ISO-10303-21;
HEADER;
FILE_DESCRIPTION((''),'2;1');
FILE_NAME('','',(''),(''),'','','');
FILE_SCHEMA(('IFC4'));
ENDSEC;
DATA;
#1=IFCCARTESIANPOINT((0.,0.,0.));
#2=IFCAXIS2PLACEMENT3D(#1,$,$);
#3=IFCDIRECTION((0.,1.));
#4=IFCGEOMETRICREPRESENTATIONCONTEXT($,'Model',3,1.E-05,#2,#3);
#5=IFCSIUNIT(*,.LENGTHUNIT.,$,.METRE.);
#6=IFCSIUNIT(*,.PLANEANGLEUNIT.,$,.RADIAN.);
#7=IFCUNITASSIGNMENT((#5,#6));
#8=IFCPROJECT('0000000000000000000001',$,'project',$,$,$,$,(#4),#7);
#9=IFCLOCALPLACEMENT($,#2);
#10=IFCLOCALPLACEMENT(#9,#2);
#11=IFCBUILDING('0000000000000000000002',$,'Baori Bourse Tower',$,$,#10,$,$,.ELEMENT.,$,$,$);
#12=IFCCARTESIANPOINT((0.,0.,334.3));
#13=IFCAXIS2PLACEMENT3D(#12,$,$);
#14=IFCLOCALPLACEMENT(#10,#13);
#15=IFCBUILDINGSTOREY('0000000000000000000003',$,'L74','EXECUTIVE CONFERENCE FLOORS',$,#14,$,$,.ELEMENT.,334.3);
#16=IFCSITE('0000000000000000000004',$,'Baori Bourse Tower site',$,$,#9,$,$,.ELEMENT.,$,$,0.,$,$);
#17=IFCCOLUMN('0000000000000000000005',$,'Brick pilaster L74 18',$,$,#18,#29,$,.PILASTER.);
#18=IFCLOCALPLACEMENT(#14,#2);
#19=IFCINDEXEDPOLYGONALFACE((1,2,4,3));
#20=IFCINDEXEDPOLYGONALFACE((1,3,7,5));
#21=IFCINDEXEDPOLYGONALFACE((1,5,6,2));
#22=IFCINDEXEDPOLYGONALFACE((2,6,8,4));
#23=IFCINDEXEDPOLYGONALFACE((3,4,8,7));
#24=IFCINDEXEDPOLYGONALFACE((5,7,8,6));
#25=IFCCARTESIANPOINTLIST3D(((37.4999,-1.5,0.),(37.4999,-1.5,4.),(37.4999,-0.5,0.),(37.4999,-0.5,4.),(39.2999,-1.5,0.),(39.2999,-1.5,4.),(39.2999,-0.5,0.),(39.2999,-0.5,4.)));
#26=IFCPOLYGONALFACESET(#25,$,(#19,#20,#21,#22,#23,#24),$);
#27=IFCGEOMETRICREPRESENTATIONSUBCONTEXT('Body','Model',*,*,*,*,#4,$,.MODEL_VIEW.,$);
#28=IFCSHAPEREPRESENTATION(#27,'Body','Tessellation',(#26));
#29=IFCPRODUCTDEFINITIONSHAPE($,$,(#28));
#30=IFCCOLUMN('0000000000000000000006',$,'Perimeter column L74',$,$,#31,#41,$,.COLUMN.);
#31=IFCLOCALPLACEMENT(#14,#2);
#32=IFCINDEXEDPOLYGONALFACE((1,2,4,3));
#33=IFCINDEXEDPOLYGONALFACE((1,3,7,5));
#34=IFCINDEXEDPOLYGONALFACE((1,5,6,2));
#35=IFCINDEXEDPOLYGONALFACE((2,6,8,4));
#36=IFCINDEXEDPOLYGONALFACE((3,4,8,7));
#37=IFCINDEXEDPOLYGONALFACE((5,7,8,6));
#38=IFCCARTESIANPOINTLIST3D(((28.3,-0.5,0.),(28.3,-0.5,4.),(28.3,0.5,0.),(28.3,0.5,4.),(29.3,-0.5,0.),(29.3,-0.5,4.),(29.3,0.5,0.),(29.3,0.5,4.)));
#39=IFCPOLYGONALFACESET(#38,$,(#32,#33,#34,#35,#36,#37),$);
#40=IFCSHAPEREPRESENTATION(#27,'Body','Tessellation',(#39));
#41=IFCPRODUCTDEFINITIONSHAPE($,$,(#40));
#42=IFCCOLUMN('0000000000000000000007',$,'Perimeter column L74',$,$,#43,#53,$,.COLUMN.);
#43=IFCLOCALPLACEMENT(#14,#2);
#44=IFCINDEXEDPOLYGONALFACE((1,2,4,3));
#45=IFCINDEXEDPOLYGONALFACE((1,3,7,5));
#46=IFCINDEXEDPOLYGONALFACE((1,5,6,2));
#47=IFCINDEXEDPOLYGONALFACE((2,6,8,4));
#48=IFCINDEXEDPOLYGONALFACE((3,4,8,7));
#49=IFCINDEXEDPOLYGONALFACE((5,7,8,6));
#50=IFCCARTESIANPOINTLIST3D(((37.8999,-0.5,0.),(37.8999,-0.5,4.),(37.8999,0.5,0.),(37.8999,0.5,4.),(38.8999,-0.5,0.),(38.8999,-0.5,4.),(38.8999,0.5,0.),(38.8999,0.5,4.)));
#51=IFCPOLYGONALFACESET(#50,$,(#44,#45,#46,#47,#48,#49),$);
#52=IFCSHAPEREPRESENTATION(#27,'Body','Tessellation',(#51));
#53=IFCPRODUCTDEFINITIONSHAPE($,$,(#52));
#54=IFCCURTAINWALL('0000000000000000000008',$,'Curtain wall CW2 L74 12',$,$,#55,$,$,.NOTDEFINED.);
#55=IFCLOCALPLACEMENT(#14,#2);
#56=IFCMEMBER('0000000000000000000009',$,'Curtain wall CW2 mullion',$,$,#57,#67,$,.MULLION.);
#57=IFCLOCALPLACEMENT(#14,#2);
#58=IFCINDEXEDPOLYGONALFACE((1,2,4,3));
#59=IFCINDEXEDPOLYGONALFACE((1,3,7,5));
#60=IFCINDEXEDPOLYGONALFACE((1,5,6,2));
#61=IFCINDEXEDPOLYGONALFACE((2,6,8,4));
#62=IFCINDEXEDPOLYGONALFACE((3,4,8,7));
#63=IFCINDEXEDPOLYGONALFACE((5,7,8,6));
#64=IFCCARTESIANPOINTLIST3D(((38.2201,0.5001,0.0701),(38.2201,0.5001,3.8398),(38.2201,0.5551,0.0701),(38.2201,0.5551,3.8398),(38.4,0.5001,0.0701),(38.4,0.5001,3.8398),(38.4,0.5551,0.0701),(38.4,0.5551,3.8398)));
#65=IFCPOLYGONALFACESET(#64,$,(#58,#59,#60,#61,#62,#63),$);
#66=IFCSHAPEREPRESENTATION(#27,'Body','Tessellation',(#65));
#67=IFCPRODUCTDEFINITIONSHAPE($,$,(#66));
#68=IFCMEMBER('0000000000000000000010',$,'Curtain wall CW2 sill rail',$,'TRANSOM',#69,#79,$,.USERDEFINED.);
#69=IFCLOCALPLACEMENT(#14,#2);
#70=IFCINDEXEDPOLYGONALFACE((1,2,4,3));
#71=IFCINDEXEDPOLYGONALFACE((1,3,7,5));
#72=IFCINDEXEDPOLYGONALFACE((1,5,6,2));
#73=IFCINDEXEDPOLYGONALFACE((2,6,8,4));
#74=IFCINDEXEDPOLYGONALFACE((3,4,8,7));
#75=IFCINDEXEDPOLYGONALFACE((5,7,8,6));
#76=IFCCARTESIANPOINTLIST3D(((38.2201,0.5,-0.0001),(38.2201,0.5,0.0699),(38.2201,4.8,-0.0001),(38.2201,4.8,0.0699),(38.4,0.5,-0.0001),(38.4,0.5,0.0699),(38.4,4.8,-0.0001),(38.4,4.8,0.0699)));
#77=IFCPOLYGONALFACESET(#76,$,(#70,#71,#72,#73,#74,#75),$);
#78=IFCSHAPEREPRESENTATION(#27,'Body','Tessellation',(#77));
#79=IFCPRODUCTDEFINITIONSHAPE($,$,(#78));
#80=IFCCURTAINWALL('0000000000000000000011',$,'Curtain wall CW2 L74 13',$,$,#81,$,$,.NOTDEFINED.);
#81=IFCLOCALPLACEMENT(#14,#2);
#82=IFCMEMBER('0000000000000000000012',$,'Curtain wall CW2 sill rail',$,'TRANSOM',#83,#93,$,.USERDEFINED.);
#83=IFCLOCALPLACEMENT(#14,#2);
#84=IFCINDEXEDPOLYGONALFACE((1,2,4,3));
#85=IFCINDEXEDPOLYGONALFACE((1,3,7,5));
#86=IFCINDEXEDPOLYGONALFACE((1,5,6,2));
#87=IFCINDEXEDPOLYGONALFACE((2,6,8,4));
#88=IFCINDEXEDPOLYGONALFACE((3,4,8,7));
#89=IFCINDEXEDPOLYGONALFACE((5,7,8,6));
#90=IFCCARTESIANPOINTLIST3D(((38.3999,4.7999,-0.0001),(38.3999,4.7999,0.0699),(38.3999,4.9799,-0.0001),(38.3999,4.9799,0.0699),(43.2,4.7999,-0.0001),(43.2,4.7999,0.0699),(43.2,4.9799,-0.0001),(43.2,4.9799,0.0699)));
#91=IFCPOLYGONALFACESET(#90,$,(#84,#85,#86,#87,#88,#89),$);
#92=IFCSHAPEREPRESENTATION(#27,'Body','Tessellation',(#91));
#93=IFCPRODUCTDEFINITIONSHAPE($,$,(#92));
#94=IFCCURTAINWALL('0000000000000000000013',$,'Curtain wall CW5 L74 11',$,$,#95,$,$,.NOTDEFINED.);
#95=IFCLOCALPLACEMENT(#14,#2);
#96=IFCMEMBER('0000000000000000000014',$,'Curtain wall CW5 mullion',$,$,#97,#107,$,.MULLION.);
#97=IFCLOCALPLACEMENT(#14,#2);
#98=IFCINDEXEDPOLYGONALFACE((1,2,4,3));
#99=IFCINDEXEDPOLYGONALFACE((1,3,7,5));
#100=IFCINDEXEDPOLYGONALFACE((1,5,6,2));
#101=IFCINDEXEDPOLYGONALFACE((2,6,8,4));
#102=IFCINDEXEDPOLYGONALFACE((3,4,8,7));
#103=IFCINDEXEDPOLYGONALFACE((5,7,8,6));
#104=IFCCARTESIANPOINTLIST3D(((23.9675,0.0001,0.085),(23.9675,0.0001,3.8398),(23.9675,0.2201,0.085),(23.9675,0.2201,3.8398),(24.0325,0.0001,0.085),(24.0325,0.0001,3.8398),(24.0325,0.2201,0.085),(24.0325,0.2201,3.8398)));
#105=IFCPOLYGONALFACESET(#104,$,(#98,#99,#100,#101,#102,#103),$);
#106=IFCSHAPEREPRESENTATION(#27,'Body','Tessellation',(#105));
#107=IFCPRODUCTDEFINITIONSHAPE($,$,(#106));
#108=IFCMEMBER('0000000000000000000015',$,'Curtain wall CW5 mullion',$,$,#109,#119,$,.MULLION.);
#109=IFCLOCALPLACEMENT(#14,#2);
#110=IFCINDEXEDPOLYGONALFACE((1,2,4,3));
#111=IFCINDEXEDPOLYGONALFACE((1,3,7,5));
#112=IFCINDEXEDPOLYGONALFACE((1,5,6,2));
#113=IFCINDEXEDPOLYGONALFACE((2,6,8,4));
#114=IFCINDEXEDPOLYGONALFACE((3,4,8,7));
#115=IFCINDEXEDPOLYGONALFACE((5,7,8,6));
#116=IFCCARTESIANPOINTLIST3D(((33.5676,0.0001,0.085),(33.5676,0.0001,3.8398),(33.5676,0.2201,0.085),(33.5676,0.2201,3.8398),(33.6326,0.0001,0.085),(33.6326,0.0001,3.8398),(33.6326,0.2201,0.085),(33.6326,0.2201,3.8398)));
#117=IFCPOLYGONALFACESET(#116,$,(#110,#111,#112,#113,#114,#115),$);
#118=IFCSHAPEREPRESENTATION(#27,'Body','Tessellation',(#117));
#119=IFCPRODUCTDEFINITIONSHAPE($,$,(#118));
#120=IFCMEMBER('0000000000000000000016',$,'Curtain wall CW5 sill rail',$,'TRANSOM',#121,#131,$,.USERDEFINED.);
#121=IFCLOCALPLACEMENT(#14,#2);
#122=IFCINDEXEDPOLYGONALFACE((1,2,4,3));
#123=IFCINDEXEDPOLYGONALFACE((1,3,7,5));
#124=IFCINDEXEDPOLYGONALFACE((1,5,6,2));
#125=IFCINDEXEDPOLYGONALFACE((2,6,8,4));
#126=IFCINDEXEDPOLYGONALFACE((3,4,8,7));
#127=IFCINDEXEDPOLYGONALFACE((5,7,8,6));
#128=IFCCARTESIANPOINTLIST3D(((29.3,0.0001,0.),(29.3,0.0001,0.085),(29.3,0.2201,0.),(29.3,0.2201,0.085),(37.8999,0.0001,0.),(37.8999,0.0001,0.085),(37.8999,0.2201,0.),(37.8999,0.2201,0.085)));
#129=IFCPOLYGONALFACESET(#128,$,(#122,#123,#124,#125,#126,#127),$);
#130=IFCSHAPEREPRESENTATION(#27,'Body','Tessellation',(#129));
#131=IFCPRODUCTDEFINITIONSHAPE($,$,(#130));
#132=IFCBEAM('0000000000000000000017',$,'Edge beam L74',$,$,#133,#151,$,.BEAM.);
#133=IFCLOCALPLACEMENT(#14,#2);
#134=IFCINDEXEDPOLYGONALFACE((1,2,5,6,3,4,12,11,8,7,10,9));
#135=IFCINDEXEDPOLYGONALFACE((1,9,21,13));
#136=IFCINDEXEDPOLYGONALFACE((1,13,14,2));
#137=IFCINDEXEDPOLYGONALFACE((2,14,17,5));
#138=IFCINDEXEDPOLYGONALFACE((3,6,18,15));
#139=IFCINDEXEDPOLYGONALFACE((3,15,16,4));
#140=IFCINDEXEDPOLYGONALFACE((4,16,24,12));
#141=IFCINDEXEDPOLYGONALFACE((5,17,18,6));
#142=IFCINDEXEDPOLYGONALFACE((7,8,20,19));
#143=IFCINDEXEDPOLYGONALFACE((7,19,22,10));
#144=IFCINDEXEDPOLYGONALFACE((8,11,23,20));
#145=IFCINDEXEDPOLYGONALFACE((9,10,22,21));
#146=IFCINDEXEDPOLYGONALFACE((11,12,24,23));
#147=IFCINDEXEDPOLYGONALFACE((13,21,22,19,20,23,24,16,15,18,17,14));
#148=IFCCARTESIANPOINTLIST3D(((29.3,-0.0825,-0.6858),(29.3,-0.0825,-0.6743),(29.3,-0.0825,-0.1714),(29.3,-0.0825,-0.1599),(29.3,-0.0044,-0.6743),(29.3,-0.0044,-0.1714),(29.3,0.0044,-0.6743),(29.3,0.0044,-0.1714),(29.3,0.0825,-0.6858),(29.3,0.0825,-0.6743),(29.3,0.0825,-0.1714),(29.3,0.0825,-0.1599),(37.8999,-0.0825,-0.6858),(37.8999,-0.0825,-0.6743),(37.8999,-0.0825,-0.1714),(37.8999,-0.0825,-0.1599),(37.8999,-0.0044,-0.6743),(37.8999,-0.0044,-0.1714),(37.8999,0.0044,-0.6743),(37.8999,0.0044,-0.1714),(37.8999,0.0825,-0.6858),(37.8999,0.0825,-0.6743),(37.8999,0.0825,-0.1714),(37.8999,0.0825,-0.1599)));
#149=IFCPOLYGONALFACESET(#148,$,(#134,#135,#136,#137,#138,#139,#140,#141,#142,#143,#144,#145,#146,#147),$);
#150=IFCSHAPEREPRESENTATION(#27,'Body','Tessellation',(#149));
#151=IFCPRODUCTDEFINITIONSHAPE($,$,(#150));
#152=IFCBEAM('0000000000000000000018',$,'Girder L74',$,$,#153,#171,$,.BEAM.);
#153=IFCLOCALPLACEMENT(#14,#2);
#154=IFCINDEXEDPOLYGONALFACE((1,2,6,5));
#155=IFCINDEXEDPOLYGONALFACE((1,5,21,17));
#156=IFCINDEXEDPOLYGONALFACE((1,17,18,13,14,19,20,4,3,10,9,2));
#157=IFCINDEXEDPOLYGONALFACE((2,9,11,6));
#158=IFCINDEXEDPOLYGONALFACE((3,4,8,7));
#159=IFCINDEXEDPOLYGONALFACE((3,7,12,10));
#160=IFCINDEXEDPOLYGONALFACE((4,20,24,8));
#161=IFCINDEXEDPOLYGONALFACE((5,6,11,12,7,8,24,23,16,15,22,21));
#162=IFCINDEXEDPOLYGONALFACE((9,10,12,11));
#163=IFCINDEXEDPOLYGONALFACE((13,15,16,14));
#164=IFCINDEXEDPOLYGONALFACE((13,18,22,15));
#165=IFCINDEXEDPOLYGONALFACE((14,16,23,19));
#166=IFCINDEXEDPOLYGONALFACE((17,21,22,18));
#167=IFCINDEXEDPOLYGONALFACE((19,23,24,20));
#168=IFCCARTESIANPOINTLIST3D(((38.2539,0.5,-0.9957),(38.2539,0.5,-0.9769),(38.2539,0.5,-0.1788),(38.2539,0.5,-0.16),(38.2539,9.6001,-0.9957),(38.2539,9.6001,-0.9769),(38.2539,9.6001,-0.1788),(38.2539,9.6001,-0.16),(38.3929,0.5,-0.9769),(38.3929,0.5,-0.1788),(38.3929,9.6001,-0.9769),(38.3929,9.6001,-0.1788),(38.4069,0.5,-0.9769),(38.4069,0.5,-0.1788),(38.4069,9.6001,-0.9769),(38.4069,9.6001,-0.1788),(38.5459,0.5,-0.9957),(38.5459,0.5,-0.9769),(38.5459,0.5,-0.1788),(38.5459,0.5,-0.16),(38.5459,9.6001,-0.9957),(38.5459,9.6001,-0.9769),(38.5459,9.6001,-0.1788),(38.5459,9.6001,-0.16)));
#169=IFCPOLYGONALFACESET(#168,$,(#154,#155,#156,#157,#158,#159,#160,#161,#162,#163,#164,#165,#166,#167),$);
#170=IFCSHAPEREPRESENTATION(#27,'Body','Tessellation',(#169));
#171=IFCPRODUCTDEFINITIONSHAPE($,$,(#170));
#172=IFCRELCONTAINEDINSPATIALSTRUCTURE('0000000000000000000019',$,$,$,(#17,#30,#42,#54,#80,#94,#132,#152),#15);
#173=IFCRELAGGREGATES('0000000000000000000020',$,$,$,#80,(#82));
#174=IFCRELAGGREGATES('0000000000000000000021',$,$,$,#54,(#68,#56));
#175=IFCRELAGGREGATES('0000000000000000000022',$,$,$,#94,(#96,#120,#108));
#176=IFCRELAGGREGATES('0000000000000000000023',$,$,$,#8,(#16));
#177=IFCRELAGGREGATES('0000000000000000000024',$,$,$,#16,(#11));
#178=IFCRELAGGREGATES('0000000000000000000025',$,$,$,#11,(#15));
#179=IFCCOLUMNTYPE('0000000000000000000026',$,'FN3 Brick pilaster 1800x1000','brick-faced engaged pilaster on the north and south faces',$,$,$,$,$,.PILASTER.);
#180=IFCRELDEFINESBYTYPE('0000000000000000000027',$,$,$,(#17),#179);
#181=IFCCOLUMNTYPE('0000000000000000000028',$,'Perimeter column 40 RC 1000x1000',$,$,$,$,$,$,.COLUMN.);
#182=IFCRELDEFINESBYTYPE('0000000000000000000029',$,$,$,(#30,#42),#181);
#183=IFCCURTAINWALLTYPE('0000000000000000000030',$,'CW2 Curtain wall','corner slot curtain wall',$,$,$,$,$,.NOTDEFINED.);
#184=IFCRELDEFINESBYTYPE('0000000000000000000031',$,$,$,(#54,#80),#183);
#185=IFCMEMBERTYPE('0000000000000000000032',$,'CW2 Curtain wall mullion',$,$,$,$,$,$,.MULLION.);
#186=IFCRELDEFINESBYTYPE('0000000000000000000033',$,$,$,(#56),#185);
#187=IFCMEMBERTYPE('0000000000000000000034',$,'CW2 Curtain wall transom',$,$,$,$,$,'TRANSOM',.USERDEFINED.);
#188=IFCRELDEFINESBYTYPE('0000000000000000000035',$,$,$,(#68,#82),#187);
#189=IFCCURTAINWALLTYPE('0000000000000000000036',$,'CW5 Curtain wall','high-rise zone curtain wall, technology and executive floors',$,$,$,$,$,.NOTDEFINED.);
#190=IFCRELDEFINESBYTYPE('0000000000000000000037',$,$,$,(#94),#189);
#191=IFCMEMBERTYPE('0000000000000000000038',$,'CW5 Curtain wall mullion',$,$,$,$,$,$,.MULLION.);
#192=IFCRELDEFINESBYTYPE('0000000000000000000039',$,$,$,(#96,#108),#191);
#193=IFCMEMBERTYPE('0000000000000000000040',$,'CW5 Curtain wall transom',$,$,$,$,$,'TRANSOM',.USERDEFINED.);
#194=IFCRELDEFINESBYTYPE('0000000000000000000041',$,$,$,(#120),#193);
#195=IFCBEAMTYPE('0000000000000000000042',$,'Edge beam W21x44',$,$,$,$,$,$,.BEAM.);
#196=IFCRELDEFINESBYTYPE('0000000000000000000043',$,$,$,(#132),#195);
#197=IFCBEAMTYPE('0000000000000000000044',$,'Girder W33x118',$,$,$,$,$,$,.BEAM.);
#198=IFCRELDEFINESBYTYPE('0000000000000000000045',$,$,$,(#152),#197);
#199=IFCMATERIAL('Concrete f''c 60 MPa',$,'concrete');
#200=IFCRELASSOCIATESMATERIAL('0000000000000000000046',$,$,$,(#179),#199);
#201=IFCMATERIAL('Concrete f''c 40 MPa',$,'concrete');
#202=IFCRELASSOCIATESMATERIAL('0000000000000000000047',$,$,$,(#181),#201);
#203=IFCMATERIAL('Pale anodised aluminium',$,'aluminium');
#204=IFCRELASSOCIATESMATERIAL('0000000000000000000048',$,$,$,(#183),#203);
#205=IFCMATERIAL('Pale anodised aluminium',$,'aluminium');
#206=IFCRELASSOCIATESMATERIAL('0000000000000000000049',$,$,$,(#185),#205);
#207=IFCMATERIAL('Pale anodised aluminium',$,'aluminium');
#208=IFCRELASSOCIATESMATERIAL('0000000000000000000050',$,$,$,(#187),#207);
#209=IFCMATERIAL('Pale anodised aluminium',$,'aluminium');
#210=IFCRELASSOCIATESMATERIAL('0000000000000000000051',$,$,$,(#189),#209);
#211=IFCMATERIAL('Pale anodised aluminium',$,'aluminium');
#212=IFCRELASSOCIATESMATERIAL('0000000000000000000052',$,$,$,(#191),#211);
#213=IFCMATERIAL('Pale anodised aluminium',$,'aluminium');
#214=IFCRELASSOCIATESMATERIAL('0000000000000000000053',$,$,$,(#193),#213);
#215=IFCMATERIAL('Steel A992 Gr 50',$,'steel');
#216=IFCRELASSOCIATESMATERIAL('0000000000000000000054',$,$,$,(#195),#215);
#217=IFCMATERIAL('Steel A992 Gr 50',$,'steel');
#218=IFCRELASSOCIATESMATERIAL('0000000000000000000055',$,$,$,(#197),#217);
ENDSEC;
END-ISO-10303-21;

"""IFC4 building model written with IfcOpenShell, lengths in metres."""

from ifc_helpers import new_model, si_unit, direction, frame, origin, origin_2d, place, context, subcontext, project, spatial, rectangle, i_section, extrude, material, material_profile, profile_set, type_object, element, aggregate, save


model = new_model("IFC4")

# Units and contexts
model_context = context("Model", 3, precision=1e-05, world=origin(), true_north=direction((0.0, 1.0)))
body_context = subcontext(model_context, "Body", "Model", "MODEL_VIEW")
ifc_project = project(units=[si_unit("LENGTHUNIT", "METRE"), si_unit("PLANEANGLEUNIT", "RADIAN")], contexts=[model_context])

# Site, building, storey
site_placement = place(None, origin())
site = spatial("IfcSite", under=ifc_project, at=site_placement, Name="Baori Bourse Tower site", CompositionType="ELEMENT", RefElevation=0.0)
building_placement = place(site_placement, origin())
building = spatial("IfcBuilding", under=site, at=building_placement, Name="Baori Bourse Tower", CompositionType="ELEMENT")
storey_placement = place(building_placement, frame((0.0, 0.0, 334.3)))
storey = spatial("IfcBuildingStorey", under=building, at=storey_placement, Name="L74", Description="EXECUTIVE CONFERENCE FLOORS", CompositionType="ELEMENT", Elevation=334.3)

# Columns
ifc_material_1 = material(Name="Concrete f'c 60 MPa", Category="concrete")
ifc_material_profile_1 = material_profile(ifc_material_1, rectangle(XDim=1.8, YDim=1.0, at=origin_2d()), Name="RC 1800x1000")
ifc_profile_set_1 = profile_set([ifc_material_profile_1], Name="Concrete f'c 60 MPa")
column_type_1 = type_object("IfcColumnType", Name="FN3 Brick pilaster 1800x1000", Description="brick-faced engaged pilaster on the north and south faces", PredefinedType="PILASTER", material=ifc_profile_set_1)
column_placement = place(storey_placement, frame((38.3999, -1.0, 0.0), z_axis=(0.0, 0.0, 1.0), x_axis=(1.0, 0.0, 0.0)))
element("IfcColumn", 1, at=column_placement, inside=storey, type_object=column_type_1, Name="Brick pilaster L74 18", PredefinedType="PILASTER", context=body_context, shape_type="SweptSolid", body=[
    extrude(rectangle(XDim=1.8, YDim=1.0, at=origin_2d()), origin(), (0.0, 0.0, 1.0), 4.0),
])
ifc_material_2 = material(Name="Concrete f'c 40 MPa", Category="concrete")
ifc_material_profile_2 = material_profile(ifc_material_2, rectangle(XDim=1.0, YDim=1.0, at=origin_2d()), Name="RC 1000x1000")
ifc_profile_set_2 = profile_set([ifc_material_profile_2], Name="Concrete f'c 40 MPa")
column_type_2 = type_object("IfcColumnType", Name="Perimeter column 40 RC 1000x1000", PredefinedType="COLUMN", material=ifc_profile_set_2)
for number, where, z_axis, x_axis, name in (
    (2, (28.8, 0.0, 0.0), (0.0, 0.0, 1.0), (1.0, 0.0, 0.0), "Perimeter column L74"),
    (3, (38.3999, 0.0, 0.0), (0.0, 0.0, 1.0), (1.0, 0.0, 0.0), "Perimeter column L74"),
):
    element("IfcColumn", number, at=place(storey_placement, frame(where, z_axis=z_axis, x_axis=x_axis)), inside=storey, type_object=column_type_2, Name=name, PredefinedType="COLUMN", context=body_context, shape_type="SweptSolid", body=[
        extrude(rectangle(XDim=1.0, YDim=1.0, at=origin_2d()), origin(), (0.0, 0.0, 1.0), 4.0),
    ])

# Curtain wall, members
ifc_material_3 = material(Name="Pale anodised aluminium", Category="aluminium")
curtain_wall_type_1 = type_object("IfcCurtainWallType", Name="CW2 Curtain wall", Description="corner slot curtain wall", PredefinedType="NOTDEFINED", material=ifc_material_3)
curtain_wall_1_placement = place(storey_placement, origin())
curtain_wall_1 = element("IfcCurtainWall", 4, at=curtain_wall_1_placement, inside=storey, type_object=curtain_wall_type_1, Name="Curtain wall CW2 L74 12", PredefinedType="NOTDEFINED")
ifc_material_4 = material(Name="Pale anodised aluminium", Category="aluminium")
ifc_material_profile_3 = material_profile(ifc_material_4, rectangle(XDim=0.1799, YDim=0.0549, at=origin_2d()), Name="Mullion 55x180")
ifc_profile_set_3 = profile_set([ifc_material_profile_3], Name="Pale anodised aluminium")
member_type_1 = type_object("IfcMemberType", Name="CW2 Curtain wall mullion", PredefinedType="MULLION", material=ifc_profile_set_3)
member_1_placement = place(storey_placement, frame((38.3101, 0.5276, 0.0701), z_axis=(0.0, 0.0, 1.0), x_axis=(-1.0, 0.0, 0.0)))
member_1 = element("IfcMember", 5, at=member_1_placement, type_object=member_type_1, Name="Curtain wall CW2 mullion", PredefinedType="MULLION", context=body_context, shape_type="SweptSolid", body=[
    extrude(rectangle(XDim=0.1799, YDim=0.0549, at=origin_2d()), origin(), (0.0, 0.0, 1.0), 3.7698),
])
ifc_material_5 = material(Name="Pale anodised aluminium", Category="aluminium")
ifc_material_profile_4 = material_profile(ifc_material_5, rectangle(XDim=0.1799, YDim=0.0701, at=origin_2d()), Name="Transom 70x180")
ifc_profile_set_4 = profile_set([ifc_material_profile_4], Name="Pale anodised aluminium")
member_type_2 = type_object("IfcMemberType", Name="CW2 Curtain wall transom", ElementType="TRANSOM", PredefinedType="USERDEFINED", material=ifc_profile_set_4)
member_2_placement = place(storey_placement, frame((38.3101, 0.5, 0.0349), z_axis=(0.0, 1.0, 0.0), x_axis=(-1.0, 0.0, 0.0)))
member_2 = element("IfcMember", 6, at=member_2_placement, type_object=member_type_2, Name="Curtain wall CW2 sill rail", ObjectType="TRANSOM", PredefinedType="USERDEFINED", context=body_context, shape_type="SweptSolid", body=[
    extrude(rectangle(XDim=0.1799, YDim=0.0701, at=origin_2d()), origin(), (0.0, 0.0, 1.0), 4.3),
])

# Curtain wall, member
curtain_wall_2_placement = place(storey_placement, origin())
curtain_wall_2 = element("IfcCurtainWall", 7, at=curtain_wall_2_placement, inside=storey, type_object=curtain_wall_type_1, Name="Curtain wall CW2 L74 13", PredefinedType="NOTDEFINED")
member_3_placement = place(storey_placement, frame((38.3999, 4.8899, 0.0349), z_axis=(1.0, 0.0, 0.0), x_axis=(0.0, 1.0, 0.0)))
member_3 = element("IfcMember", 8, at=member_3_placement, type_object=member_type_2, Name="Curtain wall CW2 sill rail", ObjectType="TRANSOM", PredefinedType="USERDEFINED", context=body_context, shape_type="SweptSolid", body=[
    extrude(rectangle(XDim=0.1799, YDim=0.0701, at=origin_2d()), origin(), (0.0, 0.0, 1.0), 4.8),
])
aggregate(curtain_wall_2, [member_3])

# Curtain wall, members
ifc_material_6 = material(Name="Pale anodised aluminium", Category="aluminium")
curtain_wall_type_2 = type_object("IfcCurtainWallType", Name="CW5 Curtain wall", Description="high-rise zone curtain wall, technology and executive floors", PredefinedType="NOTDEFINED", material=ifc_material_6)
curtain_wall_3_placement = place(storey_placement, origin())
curtain_wall_3 = element("IfcCurtainWall", 9, at=curtain_wall_3_placement, inside=storey, type_object=curtain_wall_type_2, Name="Curtain wall CW5 L74 11", PredefinedType="NOTDEFINED")
ifc_material_7 = material(Name="Pale anodised aluminium", Category="aluminium")
ifc_material_profile_5 = material_profile(ifc_material_7, rectangle(XDim=0.22, YDim=0.0649, at=origin_2d()), Name="Mullion 65x220")
ifc_profile_set_5 = profile_set([ifc_material_profile_5], Name="Pale anodised aluminium")
member_type_3 = type_object("IfcMemberType", Name="CW5 Curtain wall mullion", PredefinedType="MULLION", material=ifc_profile_set_5)
member_4_placement = place(storey_placement, frame((24.0, 0.1101, 0.085), z_axis=(0.0, 0.0, 1.0), x_axis=(0.0, 1.0, 0.0)))
member_4 = element("IfcMember", 10, at=member_4_placement, type_object=member_type_3, Name="Curtain wall CW5 mullion", PredefinedType="MULLION", context=body_context, shape_type="SweptSolid", body=[
    extrude(rectangle(XDim=0.22, YDim=0.0649, at=origin_2d()), origin(), (0.0, 0.0, 1.0), 3.7549),
])
member_5_placement = place(storey_placement, frame((33.6001, 0.1101, 0.085), z_axis=(0.0, 0.0, 1.0), x_axis=(0.0, 1.0, 0.0)))
member_5 = element("IfcMember", 11, at=member_5_placement, type_object=member_type_3, Name="Curtain wall CW5 mullion", PredefinedType="MULLION", context=body_context, shape_type="SweptSolid", body=[
    extrude(rectangle(XDim=0.22, YDim=0.0649, at=origin_2d()), origin(), (0.0, 0.0, 1.0), 3.7549),
])
ifc_material_8 = material(Name="Pale anodised aluminium", Category="aluminium")
ifc_material_profile_6 = material_profile(ifc_material_8, rectangle(XDim=0.22, YDim=0.085, at=origin_2d()), Name="Transom 85x220")
ifc_profile_set_6 = profile_set([ifc_material_profile_6], Name="Pale anodised aluminium")
member_type_4 = type_object("IfcMemberType", Name="CW5 Curtain wall transom", ElementType="TRANSOM", PredefinedType="USERDEFINED", material=ifc_profile_set_6)
member_6_placement = place(storey_placement, frame((29.3, 0.1101, 0.0425), z_axis=(1.0, 0.0, 0.0), x_axis=(0.0, 1.0, 0.0)))
member_6 = element("IfcMember", 12, at=member_6_placement, type_object=member_type_4, Name="Curtain wall CW5 sill rail", ObjectType="TRANSOM", PredefinedType="USERDEFINED", context=body_context, shape_type="SweptSolid", body=[
    extrude(rectangle(XDim=0.22, YDim=0.085, at=origin_2d()), origin(), (0.0, 0.0, 1.0), 8.5999),
])

# Beams
ifc_material_9 = material(Name="Steel A992 Gr 50", Category="steel")
ifc_material_profile_7 = material_profile(ifc_material_9, i_section(OverallWidth=0.165, OverallDepth=0.5259, WebThickness=0.0088, FlangeThickness=0.0115, at=origin_2d()), Name="W21x44")
ifc_profile_set_7 = profile_set([ifc_material_profile_7], Name="Steel A992 Gr 50")
beam_type_1 = type_object("IfcBeamType", Name="Edge beam W21x44", PredefinedType="BEAM", material=ifc_profile_set_7)
beam_1_placement = place(storey_placement, frame((29.3, 0.0, -0.4229), z_axis=(1.0, 0.0, 0.0), x_axis=(0.0, 1.0, 0.0)))
element("IfcBeam", 13, at=beam_1_placement, inside=storey, type_object=beam_type_1, Name="Edge beam L74", PredefinedType="BEAM", context=body_context, shape_type="SweptSolid", body=[
    extrude(i_section(OverallWidth=0.165, OverallDepth=0.5259, WebThickness=0.0088, FlangeThickness=0.0115, at=origin_2d()), origin(), (0.0, 0.0, 1.0), 8.5999),
])
ifc_material_10 = material(Name="Steel A992 Gr 50", Category="steel")
ifc_material_profile_8 = material_profile(ifc_material_10, i_section(OverallWidth=0.292, OverallDepth=0.8357, WebThickness=0.0139, FlangeThickness=0.0188, at=origin_2d()), Name="W33x118")
ifc_profile_set_8 = profile_set([ifc_material_profile_8], Name="Steel A992 Gr 50")
beam_type_2 = type_object("IfcBeamType", Name="Girder W33x118", PredefinedType="BEAM", material=ifc_profile_set_8)
beam_2_placement = place(storey_placement, frame((38.3999, 0.5, -0.5779), z_axis=(0.0, 1.0, 0.0), x_axis=(-1.0, 0.0, 0.0)))
element("IfcBeam", 14, at=beam_2_placement, inside=storey, type_object=beam_type_2, Name="Girder L74", PredefinedType="BEAM", context=body_context, shape_type="SweptSolid", body=[
    extrude(i_section(OverallWidth=0.292, OverallDepth=0.8357, WebThickness=0.0139, FlangeThickness=0.0188, at=origin_2d()), origin(), (0.0, 0.0, 1.0), 9.1001),
])

aggregate(curtain_wall_1, [member_2, member_1])
aggregate(curtain_wall_3, [member_4, member_6, member_5])

save(model, "model.ifc")
